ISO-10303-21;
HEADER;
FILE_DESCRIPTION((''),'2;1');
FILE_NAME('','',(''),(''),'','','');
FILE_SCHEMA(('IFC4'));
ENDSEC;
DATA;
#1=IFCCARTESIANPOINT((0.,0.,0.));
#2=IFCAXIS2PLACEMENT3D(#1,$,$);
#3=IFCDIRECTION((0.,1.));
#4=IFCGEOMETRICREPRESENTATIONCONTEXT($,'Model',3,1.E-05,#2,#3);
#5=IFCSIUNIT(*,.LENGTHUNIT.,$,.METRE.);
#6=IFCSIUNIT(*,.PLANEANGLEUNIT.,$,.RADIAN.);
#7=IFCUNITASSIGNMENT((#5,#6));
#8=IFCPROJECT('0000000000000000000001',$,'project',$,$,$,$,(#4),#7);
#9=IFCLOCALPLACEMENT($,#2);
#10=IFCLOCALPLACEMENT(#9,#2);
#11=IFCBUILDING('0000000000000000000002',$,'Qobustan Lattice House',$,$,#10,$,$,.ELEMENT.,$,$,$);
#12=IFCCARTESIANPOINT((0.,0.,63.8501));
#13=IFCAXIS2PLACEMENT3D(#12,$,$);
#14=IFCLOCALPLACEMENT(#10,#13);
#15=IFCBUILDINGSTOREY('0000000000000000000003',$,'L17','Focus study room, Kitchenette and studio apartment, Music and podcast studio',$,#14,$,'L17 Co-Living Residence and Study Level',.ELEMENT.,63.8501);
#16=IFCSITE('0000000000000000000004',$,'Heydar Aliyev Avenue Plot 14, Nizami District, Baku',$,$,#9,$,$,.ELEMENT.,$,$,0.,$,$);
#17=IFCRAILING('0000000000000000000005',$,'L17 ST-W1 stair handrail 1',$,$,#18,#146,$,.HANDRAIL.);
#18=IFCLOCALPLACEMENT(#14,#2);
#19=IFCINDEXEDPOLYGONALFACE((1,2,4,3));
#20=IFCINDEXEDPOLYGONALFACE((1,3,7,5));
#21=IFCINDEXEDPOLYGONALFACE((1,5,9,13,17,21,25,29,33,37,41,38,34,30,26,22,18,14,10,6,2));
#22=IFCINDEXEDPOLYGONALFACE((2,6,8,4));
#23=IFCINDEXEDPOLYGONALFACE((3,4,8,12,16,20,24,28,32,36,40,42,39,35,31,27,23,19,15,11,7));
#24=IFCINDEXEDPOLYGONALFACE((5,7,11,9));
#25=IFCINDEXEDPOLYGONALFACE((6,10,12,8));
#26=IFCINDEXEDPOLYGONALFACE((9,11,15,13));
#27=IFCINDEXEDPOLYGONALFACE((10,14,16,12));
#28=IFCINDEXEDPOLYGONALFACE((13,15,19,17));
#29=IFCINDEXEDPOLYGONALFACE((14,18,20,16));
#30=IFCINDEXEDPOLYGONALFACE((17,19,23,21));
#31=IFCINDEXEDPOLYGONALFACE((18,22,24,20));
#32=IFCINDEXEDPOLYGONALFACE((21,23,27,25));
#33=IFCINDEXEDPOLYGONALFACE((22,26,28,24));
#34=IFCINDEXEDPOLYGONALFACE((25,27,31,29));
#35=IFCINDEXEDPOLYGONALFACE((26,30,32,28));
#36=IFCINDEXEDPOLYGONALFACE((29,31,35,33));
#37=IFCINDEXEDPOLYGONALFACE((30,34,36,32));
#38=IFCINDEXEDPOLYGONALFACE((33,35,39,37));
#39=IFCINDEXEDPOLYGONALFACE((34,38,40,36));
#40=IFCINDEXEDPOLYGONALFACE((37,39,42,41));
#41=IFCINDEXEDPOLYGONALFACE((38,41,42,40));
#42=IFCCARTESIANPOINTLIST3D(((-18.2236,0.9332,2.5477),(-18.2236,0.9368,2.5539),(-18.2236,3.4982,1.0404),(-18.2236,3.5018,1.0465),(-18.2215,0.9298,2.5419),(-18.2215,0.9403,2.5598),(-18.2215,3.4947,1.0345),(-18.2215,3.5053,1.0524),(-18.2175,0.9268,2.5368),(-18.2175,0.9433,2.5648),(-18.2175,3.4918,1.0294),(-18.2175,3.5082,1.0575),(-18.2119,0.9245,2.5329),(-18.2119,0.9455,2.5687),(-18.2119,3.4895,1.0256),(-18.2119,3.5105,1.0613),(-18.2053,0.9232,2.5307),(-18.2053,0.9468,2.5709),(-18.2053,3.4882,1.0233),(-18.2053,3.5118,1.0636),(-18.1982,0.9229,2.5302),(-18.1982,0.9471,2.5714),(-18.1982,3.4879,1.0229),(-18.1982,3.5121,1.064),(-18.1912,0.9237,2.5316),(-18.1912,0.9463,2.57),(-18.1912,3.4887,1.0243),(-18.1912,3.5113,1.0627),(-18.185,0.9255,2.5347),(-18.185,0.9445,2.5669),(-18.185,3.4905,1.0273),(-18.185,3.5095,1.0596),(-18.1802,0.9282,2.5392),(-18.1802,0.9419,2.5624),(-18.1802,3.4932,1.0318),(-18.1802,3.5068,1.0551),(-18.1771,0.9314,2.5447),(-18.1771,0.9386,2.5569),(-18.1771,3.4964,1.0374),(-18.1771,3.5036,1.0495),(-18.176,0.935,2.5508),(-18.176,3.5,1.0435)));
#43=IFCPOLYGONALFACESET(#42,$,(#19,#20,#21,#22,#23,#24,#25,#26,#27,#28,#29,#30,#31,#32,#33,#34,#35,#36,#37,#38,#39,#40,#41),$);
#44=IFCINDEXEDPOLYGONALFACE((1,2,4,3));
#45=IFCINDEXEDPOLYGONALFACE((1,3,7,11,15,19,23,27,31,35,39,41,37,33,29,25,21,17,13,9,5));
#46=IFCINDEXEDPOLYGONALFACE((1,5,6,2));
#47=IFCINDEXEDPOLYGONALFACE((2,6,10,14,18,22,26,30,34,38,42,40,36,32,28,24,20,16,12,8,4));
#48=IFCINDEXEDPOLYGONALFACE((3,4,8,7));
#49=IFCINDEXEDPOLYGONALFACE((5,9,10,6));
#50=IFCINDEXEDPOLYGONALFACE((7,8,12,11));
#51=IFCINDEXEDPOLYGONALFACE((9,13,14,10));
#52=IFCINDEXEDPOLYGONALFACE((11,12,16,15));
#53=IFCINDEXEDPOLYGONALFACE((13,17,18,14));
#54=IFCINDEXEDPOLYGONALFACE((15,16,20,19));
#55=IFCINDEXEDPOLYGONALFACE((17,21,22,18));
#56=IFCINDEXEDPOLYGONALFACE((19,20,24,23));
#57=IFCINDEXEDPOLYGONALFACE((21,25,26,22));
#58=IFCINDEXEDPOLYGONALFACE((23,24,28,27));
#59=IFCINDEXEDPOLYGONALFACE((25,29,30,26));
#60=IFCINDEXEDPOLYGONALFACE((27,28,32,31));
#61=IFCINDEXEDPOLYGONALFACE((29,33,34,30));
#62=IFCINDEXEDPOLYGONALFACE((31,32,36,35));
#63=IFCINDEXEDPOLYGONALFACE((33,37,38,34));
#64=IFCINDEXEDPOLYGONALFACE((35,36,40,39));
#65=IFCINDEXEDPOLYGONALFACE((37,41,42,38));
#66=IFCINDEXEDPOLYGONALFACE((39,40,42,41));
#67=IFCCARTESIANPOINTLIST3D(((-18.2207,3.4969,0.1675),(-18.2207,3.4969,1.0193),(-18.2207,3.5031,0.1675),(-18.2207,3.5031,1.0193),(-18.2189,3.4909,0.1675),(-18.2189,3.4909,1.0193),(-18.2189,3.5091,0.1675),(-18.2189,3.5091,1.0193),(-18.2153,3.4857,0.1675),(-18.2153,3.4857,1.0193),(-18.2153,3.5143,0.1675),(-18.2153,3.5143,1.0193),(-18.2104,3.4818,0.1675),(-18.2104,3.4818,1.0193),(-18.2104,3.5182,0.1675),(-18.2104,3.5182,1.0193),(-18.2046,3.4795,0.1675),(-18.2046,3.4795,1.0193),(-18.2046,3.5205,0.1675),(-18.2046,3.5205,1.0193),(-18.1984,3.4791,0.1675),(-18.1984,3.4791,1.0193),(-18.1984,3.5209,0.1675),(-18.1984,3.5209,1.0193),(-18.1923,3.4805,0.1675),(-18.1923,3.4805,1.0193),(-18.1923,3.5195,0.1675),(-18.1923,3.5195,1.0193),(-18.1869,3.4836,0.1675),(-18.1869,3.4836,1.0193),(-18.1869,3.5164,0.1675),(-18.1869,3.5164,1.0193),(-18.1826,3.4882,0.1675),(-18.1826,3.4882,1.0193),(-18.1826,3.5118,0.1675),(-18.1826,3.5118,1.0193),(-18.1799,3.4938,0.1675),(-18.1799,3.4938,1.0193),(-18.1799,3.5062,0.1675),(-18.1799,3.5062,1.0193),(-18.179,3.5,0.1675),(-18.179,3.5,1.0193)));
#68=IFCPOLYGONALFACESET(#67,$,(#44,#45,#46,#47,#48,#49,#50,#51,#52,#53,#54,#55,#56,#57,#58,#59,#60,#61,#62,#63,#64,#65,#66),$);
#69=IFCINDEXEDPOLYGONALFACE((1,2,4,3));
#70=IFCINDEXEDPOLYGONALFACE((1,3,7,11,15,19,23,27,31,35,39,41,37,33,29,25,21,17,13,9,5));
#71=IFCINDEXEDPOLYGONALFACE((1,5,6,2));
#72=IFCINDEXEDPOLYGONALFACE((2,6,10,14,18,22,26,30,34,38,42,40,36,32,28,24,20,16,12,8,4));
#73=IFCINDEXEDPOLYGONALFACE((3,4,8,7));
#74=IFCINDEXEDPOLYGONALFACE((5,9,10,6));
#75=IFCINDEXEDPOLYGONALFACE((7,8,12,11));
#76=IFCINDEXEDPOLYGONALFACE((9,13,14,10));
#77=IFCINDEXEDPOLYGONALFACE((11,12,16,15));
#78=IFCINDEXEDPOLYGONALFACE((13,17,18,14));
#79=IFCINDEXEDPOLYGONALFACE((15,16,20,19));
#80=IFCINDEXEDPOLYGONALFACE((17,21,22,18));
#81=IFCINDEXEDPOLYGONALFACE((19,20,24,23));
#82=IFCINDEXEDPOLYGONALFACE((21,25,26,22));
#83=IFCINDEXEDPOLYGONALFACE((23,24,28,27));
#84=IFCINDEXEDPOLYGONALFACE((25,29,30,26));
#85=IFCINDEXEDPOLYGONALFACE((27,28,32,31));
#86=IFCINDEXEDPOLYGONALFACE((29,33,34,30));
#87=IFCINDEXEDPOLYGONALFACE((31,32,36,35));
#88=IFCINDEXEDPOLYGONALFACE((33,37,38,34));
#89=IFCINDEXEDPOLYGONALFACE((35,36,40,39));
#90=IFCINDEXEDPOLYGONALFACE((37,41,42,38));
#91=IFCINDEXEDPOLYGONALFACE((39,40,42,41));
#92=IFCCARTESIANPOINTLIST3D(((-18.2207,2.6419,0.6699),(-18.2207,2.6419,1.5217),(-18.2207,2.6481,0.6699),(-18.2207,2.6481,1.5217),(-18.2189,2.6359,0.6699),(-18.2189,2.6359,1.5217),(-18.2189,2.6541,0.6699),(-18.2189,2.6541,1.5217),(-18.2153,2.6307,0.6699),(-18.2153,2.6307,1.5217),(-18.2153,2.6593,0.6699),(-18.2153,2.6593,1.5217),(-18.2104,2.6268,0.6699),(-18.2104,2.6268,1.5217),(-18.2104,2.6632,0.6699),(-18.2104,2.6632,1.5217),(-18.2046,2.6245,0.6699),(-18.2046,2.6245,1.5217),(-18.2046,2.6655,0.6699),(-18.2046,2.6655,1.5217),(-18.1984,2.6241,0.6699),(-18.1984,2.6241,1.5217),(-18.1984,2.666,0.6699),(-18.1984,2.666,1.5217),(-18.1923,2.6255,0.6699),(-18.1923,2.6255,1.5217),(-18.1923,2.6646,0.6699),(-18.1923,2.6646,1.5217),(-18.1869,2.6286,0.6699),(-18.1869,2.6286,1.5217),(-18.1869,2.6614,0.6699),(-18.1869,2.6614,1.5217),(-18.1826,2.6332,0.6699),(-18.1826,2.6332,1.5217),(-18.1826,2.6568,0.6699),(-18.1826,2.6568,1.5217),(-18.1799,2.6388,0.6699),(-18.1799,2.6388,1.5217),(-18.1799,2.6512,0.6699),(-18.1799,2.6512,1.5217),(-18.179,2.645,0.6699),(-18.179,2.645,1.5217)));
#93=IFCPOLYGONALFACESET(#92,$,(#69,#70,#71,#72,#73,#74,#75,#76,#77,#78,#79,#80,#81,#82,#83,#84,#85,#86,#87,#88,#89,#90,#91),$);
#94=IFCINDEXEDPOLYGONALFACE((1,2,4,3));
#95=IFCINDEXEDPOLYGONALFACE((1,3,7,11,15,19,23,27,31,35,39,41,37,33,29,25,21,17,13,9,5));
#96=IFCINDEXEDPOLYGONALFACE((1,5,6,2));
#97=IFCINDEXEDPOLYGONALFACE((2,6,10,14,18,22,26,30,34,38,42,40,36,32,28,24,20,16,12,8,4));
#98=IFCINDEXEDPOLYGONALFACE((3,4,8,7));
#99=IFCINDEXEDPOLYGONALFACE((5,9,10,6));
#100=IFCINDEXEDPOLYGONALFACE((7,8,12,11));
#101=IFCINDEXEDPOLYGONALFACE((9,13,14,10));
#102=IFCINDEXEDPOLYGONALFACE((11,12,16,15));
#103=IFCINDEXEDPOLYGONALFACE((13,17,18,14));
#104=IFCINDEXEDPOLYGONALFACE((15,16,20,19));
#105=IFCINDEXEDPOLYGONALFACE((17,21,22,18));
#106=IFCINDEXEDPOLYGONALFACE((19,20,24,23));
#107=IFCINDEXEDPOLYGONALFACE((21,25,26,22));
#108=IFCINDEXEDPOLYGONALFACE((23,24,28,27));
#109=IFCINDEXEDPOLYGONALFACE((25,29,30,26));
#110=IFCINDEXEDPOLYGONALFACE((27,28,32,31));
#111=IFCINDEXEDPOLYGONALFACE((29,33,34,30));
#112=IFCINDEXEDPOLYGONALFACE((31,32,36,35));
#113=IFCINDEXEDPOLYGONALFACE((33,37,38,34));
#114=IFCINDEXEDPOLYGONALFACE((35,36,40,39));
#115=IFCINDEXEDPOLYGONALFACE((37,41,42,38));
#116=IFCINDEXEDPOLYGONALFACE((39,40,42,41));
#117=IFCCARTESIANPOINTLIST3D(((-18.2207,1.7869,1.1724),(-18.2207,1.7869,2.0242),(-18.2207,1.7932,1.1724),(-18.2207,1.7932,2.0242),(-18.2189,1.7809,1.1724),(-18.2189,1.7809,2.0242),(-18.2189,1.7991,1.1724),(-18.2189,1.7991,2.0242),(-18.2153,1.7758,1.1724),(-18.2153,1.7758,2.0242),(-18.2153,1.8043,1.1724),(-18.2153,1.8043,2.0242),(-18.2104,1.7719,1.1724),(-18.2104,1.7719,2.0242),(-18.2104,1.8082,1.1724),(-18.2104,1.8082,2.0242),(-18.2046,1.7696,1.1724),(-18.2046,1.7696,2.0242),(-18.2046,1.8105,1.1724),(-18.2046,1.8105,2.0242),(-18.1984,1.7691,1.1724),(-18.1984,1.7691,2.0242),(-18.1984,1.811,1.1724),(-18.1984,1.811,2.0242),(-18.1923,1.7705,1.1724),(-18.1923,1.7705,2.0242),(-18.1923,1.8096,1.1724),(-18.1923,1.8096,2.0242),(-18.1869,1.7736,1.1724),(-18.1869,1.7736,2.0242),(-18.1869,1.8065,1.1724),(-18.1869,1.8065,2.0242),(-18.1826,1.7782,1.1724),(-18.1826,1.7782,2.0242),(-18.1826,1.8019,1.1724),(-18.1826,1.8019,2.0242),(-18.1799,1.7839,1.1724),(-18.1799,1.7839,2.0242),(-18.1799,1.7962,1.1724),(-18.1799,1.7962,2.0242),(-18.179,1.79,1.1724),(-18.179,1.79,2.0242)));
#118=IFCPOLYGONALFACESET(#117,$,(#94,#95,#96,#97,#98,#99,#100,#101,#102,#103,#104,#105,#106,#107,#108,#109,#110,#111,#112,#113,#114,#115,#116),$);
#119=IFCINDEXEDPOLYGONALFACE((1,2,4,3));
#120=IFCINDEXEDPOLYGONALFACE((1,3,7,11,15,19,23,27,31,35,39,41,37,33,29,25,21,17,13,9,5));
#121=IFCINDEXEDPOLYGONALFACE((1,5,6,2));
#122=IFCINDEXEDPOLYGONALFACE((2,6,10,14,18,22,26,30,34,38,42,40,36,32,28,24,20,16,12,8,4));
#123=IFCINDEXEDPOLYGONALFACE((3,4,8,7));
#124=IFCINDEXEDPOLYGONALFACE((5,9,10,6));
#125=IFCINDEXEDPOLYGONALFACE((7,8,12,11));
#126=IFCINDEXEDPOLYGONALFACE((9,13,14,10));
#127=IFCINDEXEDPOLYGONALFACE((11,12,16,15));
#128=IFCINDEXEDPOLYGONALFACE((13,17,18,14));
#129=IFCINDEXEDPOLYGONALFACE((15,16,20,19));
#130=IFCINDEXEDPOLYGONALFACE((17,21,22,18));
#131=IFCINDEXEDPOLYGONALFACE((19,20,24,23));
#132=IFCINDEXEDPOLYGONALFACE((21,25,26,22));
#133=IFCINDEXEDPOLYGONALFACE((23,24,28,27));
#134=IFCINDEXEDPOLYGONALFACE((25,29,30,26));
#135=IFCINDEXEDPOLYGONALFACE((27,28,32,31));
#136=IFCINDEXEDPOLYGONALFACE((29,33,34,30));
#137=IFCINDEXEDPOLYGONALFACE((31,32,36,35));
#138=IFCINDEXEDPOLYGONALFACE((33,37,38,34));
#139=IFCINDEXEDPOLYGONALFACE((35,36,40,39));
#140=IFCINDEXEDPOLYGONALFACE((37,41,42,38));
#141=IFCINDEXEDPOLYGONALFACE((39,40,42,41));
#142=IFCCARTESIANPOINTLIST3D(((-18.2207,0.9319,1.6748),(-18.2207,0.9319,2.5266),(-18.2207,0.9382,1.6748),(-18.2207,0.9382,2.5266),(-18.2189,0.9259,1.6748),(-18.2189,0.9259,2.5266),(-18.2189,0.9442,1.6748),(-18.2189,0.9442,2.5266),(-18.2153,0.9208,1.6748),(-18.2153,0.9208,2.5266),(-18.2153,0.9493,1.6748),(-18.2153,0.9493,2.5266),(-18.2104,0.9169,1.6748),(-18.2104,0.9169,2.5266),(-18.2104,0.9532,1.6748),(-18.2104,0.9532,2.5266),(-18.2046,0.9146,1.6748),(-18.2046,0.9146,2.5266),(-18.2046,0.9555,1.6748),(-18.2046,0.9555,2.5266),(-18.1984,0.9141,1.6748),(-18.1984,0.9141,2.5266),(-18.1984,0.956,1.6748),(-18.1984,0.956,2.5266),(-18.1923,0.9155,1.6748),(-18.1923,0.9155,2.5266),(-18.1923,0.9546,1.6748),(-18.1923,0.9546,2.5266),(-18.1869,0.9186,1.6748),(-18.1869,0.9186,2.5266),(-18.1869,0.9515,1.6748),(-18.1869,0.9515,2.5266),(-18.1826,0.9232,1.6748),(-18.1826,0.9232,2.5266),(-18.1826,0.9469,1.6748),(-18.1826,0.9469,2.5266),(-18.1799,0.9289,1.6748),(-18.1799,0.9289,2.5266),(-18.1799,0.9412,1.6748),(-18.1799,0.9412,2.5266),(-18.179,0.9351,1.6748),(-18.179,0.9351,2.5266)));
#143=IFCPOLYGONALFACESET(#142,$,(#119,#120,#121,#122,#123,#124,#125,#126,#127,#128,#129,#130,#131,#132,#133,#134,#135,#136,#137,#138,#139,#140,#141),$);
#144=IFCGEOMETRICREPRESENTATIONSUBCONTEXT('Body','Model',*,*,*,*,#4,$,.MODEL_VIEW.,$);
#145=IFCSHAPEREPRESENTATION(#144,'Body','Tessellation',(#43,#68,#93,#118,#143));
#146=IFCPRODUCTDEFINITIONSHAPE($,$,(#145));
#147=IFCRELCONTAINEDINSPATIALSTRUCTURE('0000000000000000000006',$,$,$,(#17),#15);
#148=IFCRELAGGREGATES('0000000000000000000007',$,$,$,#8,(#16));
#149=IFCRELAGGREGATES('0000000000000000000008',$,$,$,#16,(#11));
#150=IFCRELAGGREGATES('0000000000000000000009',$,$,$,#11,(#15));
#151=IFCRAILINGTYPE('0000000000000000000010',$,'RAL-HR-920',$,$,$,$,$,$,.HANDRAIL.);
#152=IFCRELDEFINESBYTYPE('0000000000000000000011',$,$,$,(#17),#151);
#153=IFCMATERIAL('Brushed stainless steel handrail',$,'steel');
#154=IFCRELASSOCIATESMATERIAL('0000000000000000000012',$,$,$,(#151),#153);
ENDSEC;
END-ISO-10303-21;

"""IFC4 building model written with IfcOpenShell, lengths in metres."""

from ifc_helpers import new_model, si_unit, direction, frame, origin, origin_2d, place, context, subcontext, project, spatial, circle, extrude, material, type_object, element, save


model = new_model("IFC4")

# Units and contexts
model_context = context("Model", 3, precision=1e-05, world=origin(), true_north=direction((0.0, 1.0)))
body_context = subcontext(model_context, "Body", "Model", "MODEL_VIEW")
ifc_project = project(units=[si_unit("LENGTHUNIT", "METRE"), si_unit("PLANEANGLEUNIT", "RADIAN")], contexts=[model_context])

# Site, building, storey
site_placement = place(None, origin())
site = spatial("IfcSite", under=ifc_project, at=site_placement, Name="Heydar Aliyev Avenue Plot 14, Nizami District, Baku", CompositionType="ELEMENT", RefElevation=0.0)
building_placement = place(site_placement, origin())
building = spatial("IfcBuilding", under=site, at=building_placement, Name="Qobustan Lattice House", CompositionType="ELEMENT")
storey_placement = place(building_placement, frame((0.0, 0.0, 63.8501)))
storey = spatial("IfcBuildingStorey", under=building, at=storey_placement, Name="L17", Description="Focus study room, Kitchenette and studio apartment, Music and podcast studio", LongName="L17 Co-Living Residence and Study Level", CompositionType="ELEMENT", Elevation=63.8501)

# Railing
ifc_material_1 = material(Name="Brushed stainless steel handrail", Category="steel")
railing_type_1 = type_object("IfcRailingType", Name="RAL-HR-920", PredefinedType="HANDRAIL", material=ifc_material_1)
railing_1_placement = place(storey_placement, frame((-18.2, 3.5, 0.1675)))
element("IfcRailing", 1, at=railing_1_placement, inside=storey, type_object=railing_type_1, Name="L17 ST-W1 stair handrail 1", PredefinedType="HANDRAIL", context=body_context, shape_type="SweptSolid", body=[
    extrude(circle(Radius=0.0239, at=origin_2d()), frame((0.0, 0.0, 0.876), z_axis=(0.0, -0.862149, 0.506654), x_axis=(1.0, 0.0, 0.0)), (0.0, 0.0, 1.0), 2.9751),
    extrude(circle(Radius=0.021, at=origin_2d()), origin(), (0.0, 0.0, 1.0), 0.8518),
    extrude(circle(Radius=0.021, at=origin_2d()), frame((0.0, -0.855, 0.5024)), (0.0, 0.0, 1.0), 0.8518),
    extrude(circle(Radius=0.021, at=origin_2d()), frame((0.0, -1.71, 1.0049)), (0.0, 0.0, 1.0), 0.8518),
    extrude(circle(Radius=0.021, at=origin_2d()), frame((0.0, -2.5649, 1.5073)), (0.0, 0.0, 1.0), 0.8518),
])

save(model, "model.ifc")
